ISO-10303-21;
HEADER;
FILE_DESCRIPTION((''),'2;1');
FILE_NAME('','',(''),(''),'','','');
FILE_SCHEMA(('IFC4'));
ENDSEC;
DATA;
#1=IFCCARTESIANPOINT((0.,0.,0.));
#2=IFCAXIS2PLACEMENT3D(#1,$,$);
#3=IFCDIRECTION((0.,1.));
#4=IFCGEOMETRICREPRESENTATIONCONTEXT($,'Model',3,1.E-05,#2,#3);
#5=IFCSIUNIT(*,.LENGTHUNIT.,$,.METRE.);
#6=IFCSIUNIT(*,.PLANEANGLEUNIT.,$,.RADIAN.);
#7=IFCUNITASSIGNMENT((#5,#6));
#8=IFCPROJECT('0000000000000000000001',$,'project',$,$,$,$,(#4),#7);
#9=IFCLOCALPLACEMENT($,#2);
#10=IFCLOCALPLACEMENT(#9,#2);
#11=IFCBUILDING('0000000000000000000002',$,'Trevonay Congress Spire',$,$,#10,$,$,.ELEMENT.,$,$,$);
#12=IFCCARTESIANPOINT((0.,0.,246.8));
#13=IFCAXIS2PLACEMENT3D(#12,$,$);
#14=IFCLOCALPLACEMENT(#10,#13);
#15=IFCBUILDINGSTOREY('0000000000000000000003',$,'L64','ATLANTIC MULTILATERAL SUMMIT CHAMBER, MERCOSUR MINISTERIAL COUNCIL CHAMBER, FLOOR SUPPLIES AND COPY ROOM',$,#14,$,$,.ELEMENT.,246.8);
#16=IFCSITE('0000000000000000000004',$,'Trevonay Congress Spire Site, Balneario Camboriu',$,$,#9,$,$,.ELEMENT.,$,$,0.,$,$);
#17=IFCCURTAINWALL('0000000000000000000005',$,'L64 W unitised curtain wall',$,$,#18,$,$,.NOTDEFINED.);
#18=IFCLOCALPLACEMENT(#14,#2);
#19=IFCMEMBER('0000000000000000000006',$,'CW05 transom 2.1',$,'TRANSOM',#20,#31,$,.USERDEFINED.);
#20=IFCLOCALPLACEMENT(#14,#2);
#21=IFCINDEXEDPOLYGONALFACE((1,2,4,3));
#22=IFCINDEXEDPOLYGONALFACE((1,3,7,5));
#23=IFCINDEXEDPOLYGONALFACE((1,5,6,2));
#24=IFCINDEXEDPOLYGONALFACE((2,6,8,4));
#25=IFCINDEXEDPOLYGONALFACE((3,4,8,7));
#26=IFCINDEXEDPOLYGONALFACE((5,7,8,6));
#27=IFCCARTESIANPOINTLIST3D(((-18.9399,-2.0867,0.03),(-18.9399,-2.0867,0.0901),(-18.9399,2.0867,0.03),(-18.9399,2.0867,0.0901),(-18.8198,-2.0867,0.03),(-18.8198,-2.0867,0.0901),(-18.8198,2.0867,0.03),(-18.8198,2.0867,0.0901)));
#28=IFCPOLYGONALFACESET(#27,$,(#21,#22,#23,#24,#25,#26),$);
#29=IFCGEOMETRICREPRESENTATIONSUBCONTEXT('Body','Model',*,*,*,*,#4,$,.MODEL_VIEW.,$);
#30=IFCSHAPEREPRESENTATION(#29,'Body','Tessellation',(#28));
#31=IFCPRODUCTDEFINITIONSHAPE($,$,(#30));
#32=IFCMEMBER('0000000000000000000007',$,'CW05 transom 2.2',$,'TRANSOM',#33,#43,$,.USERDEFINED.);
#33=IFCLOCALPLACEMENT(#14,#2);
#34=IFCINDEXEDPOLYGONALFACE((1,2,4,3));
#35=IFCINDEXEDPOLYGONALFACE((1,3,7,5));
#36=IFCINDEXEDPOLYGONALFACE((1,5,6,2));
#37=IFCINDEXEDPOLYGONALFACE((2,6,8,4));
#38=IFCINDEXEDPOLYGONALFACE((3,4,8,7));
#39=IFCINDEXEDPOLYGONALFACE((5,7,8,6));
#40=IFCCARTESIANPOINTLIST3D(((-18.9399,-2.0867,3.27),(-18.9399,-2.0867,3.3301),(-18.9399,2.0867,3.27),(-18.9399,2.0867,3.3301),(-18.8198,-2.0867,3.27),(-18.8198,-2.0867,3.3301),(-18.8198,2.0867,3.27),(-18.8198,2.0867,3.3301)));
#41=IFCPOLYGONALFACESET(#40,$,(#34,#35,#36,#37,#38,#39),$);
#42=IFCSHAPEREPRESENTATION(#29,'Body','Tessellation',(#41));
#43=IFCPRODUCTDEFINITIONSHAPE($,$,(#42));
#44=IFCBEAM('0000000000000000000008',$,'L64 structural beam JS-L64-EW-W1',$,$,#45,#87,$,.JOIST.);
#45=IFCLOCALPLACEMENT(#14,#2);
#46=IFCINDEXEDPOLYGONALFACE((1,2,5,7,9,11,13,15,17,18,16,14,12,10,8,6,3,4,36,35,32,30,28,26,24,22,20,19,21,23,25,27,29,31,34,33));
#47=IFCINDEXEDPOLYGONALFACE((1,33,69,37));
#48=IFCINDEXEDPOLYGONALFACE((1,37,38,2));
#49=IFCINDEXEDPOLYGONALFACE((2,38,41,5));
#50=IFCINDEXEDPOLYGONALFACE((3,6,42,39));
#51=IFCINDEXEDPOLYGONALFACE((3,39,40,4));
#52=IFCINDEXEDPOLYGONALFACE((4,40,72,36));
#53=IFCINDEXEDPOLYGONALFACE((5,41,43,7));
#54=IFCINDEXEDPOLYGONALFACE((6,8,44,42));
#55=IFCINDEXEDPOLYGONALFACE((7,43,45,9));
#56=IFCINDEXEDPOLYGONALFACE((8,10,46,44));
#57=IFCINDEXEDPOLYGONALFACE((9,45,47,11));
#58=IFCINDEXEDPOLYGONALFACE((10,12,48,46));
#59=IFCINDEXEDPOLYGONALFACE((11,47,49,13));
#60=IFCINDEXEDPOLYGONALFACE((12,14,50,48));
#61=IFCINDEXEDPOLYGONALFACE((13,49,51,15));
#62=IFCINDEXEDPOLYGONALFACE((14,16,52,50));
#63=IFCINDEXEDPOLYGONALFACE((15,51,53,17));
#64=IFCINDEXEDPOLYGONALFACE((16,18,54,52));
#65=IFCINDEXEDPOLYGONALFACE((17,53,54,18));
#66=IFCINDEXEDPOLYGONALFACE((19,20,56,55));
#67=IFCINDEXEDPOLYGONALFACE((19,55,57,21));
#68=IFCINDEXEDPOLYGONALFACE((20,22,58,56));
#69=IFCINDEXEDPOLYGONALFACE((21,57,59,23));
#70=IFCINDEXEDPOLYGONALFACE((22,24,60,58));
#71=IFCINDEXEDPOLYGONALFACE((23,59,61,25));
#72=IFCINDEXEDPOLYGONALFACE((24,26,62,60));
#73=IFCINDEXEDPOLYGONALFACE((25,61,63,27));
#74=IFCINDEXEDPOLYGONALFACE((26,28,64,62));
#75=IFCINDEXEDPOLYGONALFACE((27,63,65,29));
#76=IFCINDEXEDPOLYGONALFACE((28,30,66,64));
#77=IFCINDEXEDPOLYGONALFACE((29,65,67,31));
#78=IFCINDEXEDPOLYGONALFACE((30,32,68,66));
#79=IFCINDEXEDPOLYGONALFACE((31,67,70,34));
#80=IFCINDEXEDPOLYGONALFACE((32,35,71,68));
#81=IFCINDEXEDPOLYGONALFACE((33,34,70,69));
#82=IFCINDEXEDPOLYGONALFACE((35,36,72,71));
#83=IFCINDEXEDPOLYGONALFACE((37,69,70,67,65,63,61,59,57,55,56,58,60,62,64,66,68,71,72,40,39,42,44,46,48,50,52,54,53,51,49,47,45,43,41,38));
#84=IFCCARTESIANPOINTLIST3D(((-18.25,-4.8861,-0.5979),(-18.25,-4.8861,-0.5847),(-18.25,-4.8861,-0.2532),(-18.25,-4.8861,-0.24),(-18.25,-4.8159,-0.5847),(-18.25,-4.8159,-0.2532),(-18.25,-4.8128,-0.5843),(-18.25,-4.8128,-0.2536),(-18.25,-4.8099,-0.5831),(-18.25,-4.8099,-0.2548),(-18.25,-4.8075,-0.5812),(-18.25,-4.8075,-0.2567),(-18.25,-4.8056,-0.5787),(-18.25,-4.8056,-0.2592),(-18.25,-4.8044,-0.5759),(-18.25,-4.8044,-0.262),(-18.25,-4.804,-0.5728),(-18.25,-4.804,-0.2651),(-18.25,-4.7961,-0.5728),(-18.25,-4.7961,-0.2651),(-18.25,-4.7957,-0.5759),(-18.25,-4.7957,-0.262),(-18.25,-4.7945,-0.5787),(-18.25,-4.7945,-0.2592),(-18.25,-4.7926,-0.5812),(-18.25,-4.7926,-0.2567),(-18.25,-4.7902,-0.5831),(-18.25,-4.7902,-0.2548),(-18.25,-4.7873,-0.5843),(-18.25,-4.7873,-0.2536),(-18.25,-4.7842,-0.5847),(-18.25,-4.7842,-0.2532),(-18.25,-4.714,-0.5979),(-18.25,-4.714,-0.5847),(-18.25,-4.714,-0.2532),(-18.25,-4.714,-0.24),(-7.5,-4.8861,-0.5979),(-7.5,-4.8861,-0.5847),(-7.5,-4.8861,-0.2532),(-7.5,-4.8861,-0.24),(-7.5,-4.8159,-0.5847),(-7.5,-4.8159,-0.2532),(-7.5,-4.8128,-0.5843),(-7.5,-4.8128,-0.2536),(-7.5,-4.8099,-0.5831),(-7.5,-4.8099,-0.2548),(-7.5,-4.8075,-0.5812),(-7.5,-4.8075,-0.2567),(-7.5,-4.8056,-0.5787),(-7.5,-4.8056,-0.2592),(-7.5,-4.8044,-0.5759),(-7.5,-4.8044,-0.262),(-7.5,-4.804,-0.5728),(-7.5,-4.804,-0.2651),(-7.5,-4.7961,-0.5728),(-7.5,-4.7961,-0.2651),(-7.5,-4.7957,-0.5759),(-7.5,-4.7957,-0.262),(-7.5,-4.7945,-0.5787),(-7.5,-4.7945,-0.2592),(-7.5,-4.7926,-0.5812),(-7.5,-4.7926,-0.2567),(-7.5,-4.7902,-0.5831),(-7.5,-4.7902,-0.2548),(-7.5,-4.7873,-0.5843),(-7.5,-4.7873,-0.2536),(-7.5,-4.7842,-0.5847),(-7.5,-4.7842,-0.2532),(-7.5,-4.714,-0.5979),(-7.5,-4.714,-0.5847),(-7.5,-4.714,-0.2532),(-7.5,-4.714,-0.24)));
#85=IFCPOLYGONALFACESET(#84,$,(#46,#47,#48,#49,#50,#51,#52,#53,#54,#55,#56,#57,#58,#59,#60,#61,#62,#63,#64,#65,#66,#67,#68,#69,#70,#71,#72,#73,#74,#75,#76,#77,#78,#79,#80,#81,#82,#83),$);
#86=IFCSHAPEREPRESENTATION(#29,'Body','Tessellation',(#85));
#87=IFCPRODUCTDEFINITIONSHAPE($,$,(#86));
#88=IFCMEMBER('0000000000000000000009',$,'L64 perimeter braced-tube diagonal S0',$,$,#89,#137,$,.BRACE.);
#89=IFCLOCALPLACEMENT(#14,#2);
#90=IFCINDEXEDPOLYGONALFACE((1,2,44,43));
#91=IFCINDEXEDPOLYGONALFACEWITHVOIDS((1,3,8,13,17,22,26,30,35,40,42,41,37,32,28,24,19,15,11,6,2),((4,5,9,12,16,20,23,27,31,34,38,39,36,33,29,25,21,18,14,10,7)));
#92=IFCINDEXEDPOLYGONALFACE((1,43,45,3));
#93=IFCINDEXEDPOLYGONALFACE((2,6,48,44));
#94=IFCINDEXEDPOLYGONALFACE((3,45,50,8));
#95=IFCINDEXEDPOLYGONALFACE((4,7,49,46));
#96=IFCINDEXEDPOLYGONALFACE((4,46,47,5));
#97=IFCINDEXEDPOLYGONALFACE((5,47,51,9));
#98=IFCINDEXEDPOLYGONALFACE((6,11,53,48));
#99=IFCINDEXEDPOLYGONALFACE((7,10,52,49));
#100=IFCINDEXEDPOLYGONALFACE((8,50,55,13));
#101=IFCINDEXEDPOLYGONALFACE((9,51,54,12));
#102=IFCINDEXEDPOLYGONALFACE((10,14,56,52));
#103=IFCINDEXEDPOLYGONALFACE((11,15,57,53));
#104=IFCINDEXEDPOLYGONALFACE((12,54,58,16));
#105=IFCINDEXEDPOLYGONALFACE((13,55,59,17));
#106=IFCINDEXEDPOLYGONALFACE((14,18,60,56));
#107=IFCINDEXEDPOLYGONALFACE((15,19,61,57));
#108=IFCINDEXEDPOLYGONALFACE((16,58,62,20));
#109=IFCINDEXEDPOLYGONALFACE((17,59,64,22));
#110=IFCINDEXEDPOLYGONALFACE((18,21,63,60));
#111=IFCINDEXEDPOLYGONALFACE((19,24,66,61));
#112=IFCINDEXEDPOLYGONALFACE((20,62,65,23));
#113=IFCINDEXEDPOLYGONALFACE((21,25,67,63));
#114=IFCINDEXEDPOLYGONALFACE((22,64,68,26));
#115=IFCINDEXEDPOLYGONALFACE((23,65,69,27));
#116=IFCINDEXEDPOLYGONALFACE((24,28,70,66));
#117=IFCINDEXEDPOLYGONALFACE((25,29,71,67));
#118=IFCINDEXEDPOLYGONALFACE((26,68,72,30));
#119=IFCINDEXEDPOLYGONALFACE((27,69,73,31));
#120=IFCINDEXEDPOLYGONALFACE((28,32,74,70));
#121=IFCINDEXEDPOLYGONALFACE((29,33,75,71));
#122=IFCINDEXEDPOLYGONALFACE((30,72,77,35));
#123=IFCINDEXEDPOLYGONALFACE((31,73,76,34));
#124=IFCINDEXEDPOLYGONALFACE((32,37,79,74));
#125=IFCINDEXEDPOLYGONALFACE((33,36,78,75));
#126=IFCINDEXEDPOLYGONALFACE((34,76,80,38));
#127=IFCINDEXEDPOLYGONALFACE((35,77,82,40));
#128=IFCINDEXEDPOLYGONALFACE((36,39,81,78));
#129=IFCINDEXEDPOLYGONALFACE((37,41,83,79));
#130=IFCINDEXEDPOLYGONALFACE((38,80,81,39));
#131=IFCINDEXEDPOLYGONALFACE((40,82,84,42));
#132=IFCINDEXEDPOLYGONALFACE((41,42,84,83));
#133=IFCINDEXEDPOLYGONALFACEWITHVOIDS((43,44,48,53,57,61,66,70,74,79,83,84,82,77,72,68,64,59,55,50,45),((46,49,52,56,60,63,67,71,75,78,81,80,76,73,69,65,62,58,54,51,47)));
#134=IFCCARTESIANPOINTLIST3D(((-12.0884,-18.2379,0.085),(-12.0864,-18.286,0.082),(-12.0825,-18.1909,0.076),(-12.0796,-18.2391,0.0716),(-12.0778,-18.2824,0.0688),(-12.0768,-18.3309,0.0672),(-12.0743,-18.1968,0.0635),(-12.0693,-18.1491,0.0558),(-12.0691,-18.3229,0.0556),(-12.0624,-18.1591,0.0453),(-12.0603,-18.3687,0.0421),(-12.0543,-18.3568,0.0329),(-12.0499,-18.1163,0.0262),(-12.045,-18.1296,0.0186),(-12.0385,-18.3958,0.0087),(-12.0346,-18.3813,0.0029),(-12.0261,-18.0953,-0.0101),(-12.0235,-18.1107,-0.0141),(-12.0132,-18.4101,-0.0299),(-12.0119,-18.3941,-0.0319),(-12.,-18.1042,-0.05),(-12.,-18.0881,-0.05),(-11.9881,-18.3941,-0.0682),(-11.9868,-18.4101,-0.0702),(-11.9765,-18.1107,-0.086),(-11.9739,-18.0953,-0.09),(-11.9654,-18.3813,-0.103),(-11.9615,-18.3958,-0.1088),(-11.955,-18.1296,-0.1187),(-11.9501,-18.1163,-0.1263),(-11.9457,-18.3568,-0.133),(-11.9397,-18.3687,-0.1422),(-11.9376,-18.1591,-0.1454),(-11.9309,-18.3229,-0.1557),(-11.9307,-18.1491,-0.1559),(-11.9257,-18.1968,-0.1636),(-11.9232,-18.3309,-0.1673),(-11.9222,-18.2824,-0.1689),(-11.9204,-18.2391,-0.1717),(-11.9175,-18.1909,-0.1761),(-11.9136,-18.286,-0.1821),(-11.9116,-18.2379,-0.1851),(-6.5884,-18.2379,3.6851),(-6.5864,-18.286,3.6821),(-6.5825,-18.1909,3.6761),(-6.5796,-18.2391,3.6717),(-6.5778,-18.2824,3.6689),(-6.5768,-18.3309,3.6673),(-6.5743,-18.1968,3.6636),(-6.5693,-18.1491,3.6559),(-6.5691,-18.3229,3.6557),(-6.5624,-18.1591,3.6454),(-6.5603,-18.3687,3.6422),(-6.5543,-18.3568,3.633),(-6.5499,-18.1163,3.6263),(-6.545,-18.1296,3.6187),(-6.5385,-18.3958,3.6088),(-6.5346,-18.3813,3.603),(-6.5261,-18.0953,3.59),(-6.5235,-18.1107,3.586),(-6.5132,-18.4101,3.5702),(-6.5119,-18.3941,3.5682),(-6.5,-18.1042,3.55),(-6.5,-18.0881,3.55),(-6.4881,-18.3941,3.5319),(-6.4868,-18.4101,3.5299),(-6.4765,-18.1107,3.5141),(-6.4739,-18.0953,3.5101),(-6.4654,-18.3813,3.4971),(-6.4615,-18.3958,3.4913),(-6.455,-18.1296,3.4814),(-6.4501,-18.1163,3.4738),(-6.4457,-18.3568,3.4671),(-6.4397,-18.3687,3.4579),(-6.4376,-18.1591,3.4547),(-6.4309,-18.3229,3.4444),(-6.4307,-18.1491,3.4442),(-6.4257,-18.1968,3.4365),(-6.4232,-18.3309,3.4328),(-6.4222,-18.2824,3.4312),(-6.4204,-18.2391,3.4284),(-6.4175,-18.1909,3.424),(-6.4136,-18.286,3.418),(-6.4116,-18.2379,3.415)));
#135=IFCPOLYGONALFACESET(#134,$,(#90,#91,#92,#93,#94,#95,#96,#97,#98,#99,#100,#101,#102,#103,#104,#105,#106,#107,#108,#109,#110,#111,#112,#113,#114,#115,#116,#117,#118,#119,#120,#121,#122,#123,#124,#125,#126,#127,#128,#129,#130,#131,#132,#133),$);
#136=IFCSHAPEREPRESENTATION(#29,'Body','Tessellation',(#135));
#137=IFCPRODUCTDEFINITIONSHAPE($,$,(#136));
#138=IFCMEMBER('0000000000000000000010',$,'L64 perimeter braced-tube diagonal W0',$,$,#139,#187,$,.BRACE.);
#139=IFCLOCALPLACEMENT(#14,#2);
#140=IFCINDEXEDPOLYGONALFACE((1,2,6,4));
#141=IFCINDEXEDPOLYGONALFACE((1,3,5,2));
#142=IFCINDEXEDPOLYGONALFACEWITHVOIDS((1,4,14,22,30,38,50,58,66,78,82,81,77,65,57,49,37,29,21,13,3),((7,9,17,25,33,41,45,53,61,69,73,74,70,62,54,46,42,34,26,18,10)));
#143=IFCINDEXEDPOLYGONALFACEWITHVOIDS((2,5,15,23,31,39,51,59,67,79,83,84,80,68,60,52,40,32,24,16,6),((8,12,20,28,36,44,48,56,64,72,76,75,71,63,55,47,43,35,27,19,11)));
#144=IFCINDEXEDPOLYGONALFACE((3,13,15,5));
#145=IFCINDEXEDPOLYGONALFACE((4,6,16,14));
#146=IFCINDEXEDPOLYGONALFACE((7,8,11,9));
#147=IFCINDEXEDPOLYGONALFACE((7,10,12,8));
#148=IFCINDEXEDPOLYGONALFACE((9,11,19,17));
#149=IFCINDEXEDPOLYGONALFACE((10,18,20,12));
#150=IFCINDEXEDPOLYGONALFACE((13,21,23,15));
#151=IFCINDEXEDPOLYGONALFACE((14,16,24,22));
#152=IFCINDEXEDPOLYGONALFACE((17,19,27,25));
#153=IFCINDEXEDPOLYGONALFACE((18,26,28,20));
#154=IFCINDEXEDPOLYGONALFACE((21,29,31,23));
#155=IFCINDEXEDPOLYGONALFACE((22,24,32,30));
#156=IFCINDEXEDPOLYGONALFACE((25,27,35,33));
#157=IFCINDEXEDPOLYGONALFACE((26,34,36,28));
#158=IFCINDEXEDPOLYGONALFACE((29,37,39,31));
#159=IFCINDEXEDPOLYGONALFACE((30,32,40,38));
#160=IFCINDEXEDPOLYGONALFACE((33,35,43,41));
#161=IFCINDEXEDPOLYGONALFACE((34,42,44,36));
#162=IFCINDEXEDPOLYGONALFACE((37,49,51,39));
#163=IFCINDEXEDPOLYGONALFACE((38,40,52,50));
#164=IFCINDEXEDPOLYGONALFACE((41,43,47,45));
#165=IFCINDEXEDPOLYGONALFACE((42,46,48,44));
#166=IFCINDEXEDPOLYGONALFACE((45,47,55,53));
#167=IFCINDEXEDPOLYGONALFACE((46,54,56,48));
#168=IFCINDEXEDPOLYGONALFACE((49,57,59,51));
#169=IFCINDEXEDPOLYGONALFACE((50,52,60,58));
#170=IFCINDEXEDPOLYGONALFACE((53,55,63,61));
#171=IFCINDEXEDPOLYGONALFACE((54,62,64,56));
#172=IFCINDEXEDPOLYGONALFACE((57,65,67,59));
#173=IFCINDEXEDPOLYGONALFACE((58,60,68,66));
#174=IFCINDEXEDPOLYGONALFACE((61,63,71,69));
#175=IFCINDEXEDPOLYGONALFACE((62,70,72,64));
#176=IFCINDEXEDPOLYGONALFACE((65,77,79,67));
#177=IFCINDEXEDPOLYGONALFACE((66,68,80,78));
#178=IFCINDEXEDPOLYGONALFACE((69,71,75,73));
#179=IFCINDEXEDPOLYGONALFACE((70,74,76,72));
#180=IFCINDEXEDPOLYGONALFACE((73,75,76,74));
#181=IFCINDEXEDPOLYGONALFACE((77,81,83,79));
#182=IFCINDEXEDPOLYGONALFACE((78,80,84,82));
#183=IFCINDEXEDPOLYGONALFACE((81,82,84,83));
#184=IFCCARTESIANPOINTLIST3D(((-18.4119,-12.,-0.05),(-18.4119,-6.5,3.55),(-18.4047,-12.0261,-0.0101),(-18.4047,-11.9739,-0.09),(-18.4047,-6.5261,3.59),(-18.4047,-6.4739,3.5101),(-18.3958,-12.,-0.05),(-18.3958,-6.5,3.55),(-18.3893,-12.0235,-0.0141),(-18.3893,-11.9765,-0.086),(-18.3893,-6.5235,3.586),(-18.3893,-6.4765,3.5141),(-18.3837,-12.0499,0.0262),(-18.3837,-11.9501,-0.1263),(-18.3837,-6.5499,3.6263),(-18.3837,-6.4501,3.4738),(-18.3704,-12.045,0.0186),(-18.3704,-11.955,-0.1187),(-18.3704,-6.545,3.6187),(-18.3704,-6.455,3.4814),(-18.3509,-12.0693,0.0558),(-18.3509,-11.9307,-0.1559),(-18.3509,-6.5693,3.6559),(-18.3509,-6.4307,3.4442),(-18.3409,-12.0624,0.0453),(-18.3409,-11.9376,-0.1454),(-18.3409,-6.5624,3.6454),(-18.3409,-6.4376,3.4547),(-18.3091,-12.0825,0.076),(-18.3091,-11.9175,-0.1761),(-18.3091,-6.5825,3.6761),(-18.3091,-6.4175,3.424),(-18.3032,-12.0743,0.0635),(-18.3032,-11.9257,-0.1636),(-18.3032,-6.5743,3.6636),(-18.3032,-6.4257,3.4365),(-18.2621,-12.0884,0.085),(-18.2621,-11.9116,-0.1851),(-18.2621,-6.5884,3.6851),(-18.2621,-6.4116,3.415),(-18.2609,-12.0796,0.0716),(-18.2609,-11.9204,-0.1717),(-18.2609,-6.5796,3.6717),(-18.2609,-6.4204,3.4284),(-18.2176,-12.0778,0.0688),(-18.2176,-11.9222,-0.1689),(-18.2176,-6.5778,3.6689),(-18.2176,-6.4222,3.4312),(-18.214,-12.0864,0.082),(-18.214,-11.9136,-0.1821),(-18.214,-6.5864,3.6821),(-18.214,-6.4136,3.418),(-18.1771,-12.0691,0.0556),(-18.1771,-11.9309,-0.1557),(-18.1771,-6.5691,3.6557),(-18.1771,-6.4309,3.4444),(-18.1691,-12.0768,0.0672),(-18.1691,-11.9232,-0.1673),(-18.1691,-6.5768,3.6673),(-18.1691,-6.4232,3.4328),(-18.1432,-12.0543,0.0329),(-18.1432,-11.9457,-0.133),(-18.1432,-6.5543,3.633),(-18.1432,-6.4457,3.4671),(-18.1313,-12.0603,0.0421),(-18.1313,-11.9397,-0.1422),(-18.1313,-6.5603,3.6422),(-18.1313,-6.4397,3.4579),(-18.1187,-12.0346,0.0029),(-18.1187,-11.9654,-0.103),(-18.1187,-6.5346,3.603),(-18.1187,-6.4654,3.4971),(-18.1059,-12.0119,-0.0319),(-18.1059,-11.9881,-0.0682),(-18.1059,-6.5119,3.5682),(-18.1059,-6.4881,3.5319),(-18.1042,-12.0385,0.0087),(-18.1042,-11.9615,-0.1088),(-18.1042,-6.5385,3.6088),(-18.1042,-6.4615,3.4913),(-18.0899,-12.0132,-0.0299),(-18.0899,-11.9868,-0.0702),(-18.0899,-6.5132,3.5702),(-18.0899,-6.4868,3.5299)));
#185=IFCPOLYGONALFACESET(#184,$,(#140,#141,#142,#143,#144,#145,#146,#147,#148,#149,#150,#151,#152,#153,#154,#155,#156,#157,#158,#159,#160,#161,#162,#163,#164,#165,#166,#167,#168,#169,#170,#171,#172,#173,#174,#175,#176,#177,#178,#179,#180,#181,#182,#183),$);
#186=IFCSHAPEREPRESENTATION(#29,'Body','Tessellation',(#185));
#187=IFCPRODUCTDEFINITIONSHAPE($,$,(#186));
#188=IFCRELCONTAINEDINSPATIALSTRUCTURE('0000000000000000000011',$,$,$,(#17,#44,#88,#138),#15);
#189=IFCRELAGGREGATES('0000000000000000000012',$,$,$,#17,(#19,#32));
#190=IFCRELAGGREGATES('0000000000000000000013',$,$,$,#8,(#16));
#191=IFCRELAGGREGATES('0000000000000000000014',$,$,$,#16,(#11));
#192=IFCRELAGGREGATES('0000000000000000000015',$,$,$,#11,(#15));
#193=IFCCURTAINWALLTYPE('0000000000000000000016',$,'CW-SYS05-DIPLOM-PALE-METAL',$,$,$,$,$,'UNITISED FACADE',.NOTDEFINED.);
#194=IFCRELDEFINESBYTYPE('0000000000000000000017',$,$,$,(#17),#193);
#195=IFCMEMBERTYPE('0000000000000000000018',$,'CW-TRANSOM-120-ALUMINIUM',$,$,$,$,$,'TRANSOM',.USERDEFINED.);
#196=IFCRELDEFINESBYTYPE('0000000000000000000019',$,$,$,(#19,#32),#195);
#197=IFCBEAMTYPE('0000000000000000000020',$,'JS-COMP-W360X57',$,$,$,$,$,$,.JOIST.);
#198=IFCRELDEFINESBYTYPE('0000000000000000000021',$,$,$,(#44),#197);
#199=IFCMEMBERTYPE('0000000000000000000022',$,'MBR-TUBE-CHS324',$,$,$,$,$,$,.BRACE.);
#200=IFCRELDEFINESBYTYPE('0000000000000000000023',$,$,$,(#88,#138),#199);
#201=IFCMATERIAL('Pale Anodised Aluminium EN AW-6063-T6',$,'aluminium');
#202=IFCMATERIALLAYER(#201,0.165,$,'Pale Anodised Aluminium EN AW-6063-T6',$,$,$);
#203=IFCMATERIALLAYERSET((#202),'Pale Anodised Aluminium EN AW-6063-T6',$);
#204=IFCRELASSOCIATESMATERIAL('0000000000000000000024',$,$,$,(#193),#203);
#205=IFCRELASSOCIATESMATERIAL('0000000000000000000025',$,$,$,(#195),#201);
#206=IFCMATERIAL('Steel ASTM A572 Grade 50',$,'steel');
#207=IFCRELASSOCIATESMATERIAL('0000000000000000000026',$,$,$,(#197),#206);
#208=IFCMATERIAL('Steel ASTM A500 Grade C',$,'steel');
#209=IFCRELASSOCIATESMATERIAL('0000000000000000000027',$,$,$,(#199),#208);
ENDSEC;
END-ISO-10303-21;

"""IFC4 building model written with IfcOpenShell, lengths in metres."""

from ifc_helpers import new_model, si_unit, direction, frame, origin, origin_2d, place, context, subcontext, project, spatial, rectangle, hollow_circle, i_section, extrude, material, layer, layer_set, material_profile, profile_set, type_object, element, aggregate, save


model = new_model("IFC4")

# Units and contexts
model_context = context("Model", 3, precision=1e-05, world=origin(), true_north=direction((0.0, 1.0)))
body_context = subcontext(model_context, "Body", "Model", "MODEL_VIEW")
ifc_project = project(units=[si_unit("LENGTHUNIT", "METRE"), si_unit("PLANEANGLEUNIT", "RADIAN")], contexts=[model_context])

# Site, building, storey
site_placement = place(None, origin())
site = spatial("IfcSite", under=ifc_project, at=site_placement, Name="Trevonay Congress Spire Site, Balneario Camboriu", CompositionType="ELEMENT", RefElevation=0.0)
building_placement = place(site_placement, origin())
building = spatial("IfcBuilding", under=site, at=building_placement, Name="Trevonay Congress Spire", CompositionType="ELEMENT")
storey_placement = place(building_placement, frame((0.0, 0.0, 246.8)))
storey = spatial("IfcBuildingStorey", under=building, at=storey_placement, Name="L64", Description="ATLANTIC MULTILATERAL SUMMIT CHAMBER, MERCOSUR MINISTERIAL COUNCIL CHAMBER, FLOOR SUPPLIES AND COPY ROOM", CompositionType="ELEMENT", Elevation=246.8)

# Shared definitions
ifc_material_1 = material(Name="Steel ASTM A572 Grade 50", Category="steel")

# Curtain wall, members
ifc_material_2 = material(Name="Pale Anodised Aluminium EN AW-6063-T6", Category="aluminium")
ifc_layer_1 = layer(ifc_material_2, 0.165, Name="Pale Anodised Aluminium EN AW-6063-T6")
ifc_layer_set_1 = layer_set([ifc_layer_1], Name="Pale Anodised Aluminium EN AW-6063-T6")
curtain_wall_type = type_object("IfcCurtainWallType", Name="CW-SYS05-DIPLOM-PALE-METAL", ElementType="UNITISED FACADE", PredefinedType="NOTDEFINED", material=ifc_layer_set_1)
curtain_wall_placement = place(storey_placement, origin())
curtain_wall = element("IfcCurtainWall", 1, at=curtain_wall_placement, inside=storey, type_object=curtain_wall_type, Name="L64 W unitised curtain wall", PredefinedType="NOTDEFINED")
ifc_material_profile_1 = material_profile(ifc_material_2, rectangle(XDim=0.1201, YDim=0.0601, at=origin_2d()), Name="CW-TRANSOM-120-ALUMINIUM")
ifc_profile_set_1 = profile_set([ifc_material_profile_1], Name="Pale Anodised Aluminium EN AW-6063-T6")
member_type_1 = type_object("IfcMemberType", Name="CW-TRANSOM-120-ALUMINIUM", ElementType="TRANSOM", PredefinedType="USERDEFINED", material=ifc_profile_set_1)
member_1_placement = place(storey_placement, frame((-18.8799, -2.0867, 0.0601), z_axis=(0.0, 1.0, 0.0), x_axis=(-1.0, 0.0, 0.0)))
member_1 = element("IfcMember", 2, at=member_1_placement, type_object=member_type_1, Name="CW05 transom 2.1", ObjectType="TRANSOM", PredefinedType="USERDEFINED", context=body_context, shape_type="SweptSolid", body=[
    extrude(rectangle(XDim=0.1201, YDim=0.0601, at=origin_2d()), origin(), (0.0, 0.0, 1.0), 4.1733),
])
member_2_placement = place(storey_placement, frame((-18.8799, -2.0867, 3.3), z_axis=(0.0, 1.0, 0.0), x_axis=(-1.0, 0.0, 0.0)))
member_2 = element("IfcMember", 3, at=member_2_placement, type_object=member_type_1, Name="CW05 transom 2.2", ObjectType="TRANSOM", PredefinedType="USERDEFINED", context=body_context, shape_type="SweptSolid", body=[
    extrude(rectangle(XDim=0.1201, YDim=0.0601, at=origin_2d()), origin(), (0.0, 0.0, 1.0), 4.1733),
])

# Beam
ifc_material_profile_2 = material_profile(ifc_material_1, i_section(OverallWidth=0.1721, OverallDepth=0.3579, WebThickness=0.0078, FlangeThickness=0.0132, FilletRadius=0.012, at=origin_2d()), Name="W360x57.8")
ifc_profile_set_2 = profile_set([ifc_material_profile_2], Name="Steel ASTM A572 Grade 50")
beam_type_1 = type_object("IfcBeamType", Name="JS-COMP-W360X57", PredefinedType="JOIST", material=ifc_profile_set_2)
beam_1_placement = place(storey_placement, frame((-18.25, -4.8, -0.4189), z_axis=(1.0, 0.0, 0.0), x_axis=(0.0, 1.0, 0.0)))
element("IfcBeam", 4, at=beam_1_placement, inside=storey, type_object=beam_type_1, Name="L64 structural beam JS-L64-EW-W1", PredefinedType="JOIST", context=body_context, shape_type="SweptSolid", body=[
    extrude(i_section(OverallWidth=0.1721, OverallDepth=0.3579, WebThickness=0.0078, FlangeThickness=0.0132, FilletRadius=0.012, at=origin_2d()), origin(), (0.0, 0.0, 1.0), 10.75),
])

# Members
ifc_material_3 = material(Name="Steel ASTM A500 Grade C", Category="steel")
ifc_material_profile_3 = material_profile(ifc_material_3, hollow_circle(Radius=0.1619, WallThickness=0.0161, at=origin_2d()), Name="CHS 323.9x16")
ifc_profile_set_3 = profile_set([ifc_material_profile_3], Name="Steel ASTM A500 Grade C")
member_type_2 = type_object("IfcMemberType", Name="MBR-TUBE-CHS324", PredefinedType="BRACE", material=ifc_profile_set_3)
for number, where, z_axis, x_axis, name in (
    (5, (-12.0, -18.25, -0.05), (0.836695, 0.0, 0.54767), (0.0, 1.0, 0.0), "L64 perimeter braced-tube diagonal S0"),
    (6, (-18.25, -12.0, -0.05), (0.0, 0.836695, 0.54767), (-1.0, 0.0, 0.0), "L64 perimeter braced-tube diagonal W0"),
):
    element("IfcMember", number, at=place(storey_placement, frame(where, z_axis=z_axis, x_axis=x_axis)), inside=storey, type_object=member_type_2, Name=name, PredefinedType="BRACE", context=body_context, shape_type="SweptSolid", body=[
        extrude(hollow_circle(Radius=0.1619, WallThickness=0.0161, at=origin_2d()), origin(), (0.0, 0.0, 1.0), 6.5735),
    ])

aggregate(curtain_wall, [member_1, member_2])

save(model, "model.ifc")
